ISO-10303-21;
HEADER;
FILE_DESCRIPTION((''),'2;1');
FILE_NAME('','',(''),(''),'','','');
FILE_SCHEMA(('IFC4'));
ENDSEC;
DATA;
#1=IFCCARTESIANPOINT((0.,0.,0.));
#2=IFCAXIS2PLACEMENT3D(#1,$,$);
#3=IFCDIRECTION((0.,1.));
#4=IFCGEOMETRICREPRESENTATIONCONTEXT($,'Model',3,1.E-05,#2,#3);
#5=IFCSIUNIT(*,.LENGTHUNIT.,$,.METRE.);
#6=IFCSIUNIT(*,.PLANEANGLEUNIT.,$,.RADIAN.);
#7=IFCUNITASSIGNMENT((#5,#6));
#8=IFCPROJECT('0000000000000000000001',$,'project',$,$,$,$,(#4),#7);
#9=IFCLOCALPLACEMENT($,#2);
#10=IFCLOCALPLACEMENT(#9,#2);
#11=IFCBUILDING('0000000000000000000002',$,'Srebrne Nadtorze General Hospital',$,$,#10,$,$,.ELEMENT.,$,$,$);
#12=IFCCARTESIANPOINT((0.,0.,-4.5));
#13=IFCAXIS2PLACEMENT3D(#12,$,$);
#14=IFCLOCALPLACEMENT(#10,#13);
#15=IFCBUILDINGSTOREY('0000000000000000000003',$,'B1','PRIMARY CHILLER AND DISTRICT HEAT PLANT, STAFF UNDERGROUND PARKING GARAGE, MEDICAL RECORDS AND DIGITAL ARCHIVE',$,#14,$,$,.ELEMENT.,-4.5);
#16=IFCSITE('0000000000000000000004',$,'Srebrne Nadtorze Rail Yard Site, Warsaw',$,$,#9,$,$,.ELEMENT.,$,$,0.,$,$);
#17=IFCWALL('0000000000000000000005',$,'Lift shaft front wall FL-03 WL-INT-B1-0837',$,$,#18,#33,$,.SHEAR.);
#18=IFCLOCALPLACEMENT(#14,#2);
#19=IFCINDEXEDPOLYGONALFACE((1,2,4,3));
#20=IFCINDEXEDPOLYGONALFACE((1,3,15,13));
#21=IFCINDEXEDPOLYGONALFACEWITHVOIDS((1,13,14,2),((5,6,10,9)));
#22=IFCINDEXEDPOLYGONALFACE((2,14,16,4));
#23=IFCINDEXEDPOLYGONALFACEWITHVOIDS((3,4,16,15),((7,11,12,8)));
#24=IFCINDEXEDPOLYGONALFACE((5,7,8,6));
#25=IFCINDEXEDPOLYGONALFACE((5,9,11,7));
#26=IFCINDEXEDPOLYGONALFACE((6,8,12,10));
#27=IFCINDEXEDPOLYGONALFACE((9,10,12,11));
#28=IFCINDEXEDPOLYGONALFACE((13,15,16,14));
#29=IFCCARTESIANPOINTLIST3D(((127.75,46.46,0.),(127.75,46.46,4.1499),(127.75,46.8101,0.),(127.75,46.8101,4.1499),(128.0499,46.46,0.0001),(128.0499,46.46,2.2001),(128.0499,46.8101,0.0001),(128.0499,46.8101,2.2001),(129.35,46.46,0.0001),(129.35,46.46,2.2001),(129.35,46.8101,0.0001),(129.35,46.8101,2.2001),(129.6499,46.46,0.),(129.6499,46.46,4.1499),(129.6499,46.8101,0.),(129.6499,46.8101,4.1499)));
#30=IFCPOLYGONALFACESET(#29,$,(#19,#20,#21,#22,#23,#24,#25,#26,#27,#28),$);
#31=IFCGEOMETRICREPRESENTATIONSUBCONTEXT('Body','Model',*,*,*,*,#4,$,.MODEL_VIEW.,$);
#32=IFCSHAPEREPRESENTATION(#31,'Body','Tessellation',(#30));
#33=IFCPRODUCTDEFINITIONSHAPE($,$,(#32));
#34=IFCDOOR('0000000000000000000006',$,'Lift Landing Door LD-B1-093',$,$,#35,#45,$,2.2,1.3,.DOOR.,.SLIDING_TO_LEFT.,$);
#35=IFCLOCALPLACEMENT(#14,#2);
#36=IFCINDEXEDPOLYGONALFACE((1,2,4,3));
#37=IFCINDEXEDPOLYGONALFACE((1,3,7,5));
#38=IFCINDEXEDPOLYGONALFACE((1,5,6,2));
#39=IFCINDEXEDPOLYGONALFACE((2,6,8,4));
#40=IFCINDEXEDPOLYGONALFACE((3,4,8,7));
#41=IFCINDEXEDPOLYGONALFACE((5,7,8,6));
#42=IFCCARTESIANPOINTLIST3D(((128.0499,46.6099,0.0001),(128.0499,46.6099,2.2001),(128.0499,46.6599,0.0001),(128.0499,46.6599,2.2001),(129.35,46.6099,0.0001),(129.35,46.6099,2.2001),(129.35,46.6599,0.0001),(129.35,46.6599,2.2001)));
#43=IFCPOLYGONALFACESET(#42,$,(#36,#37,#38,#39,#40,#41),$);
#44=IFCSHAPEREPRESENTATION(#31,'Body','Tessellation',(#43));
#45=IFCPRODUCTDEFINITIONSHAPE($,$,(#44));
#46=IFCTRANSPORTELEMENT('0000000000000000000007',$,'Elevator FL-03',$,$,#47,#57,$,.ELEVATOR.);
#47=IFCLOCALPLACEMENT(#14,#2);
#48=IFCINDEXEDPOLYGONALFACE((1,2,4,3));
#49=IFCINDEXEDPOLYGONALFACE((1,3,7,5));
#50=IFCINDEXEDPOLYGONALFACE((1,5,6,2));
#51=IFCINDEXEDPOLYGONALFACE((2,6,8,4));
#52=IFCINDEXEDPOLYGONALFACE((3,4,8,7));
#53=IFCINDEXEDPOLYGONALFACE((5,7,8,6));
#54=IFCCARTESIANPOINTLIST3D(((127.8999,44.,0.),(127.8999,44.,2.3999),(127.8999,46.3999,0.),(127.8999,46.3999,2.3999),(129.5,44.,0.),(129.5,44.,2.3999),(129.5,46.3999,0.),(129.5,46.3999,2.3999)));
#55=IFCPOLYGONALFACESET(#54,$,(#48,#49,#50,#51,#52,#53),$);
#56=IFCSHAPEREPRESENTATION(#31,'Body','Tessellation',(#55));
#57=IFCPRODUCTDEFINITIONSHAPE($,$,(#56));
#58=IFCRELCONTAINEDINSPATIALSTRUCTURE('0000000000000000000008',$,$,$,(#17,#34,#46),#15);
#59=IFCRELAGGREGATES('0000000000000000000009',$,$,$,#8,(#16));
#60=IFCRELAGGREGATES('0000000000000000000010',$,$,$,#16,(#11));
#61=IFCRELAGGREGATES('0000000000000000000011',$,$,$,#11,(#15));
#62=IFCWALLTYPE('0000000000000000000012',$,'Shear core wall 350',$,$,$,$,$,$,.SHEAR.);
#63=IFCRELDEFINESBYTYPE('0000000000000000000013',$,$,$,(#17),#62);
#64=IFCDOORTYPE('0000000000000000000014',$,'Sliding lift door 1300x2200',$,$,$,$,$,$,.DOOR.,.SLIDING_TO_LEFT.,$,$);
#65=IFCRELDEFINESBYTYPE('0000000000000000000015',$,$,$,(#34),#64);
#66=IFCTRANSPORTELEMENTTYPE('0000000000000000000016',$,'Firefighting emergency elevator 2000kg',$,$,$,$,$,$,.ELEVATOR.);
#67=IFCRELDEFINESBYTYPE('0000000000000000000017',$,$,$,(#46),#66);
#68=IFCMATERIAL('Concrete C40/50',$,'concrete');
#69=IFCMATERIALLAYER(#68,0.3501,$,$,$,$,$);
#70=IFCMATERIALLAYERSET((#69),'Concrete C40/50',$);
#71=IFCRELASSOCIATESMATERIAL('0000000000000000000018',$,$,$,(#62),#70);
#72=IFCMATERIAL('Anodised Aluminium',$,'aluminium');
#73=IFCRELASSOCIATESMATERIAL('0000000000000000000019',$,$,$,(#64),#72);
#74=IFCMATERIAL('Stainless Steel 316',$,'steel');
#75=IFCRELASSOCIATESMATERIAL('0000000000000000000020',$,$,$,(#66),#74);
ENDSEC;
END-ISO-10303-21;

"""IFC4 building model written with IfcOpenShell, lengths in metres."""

from ifc_helpers import new_model, si_unit, direction, frame, frame_2d, origin, origin_2d, place, context, subcontext, project, spatial, rectangle, extrude, material, layer, layer_set, type_object, element, fill, save


model = new_model("IFC4")

# Units and contexts
model_context = context("Model", 3, precision=1e-05, world=origin(), true_north=direction((0.0, 1.0)))
body_context = subcontext(model_context, "Body", "Model", "MODEL_VIEW")
ifc_project = project(units=[si_unit("LENGTHUNIT", "METRE"), si_unit("PLANEANGLEUNIT", "RADIAN")], contexts=[model_context])

# Site, building, storey
site_placement = place(None, origin())
site = spatial("IfcSite", under=ifc_project, at=site_placement, Name="Srebrne Nadtorze Rail Yard Site, Warsaw", CompositionType="ELEMENT", RefElevation=0.0)
building_placement = place(site_placement, origin())
building = spatial("IfcBuilding", under=site, at=building_placement, Name="Srebrne Nadtorze General Hospital", CompositionType="ELEMENT")
storey_placement = place(building_placement, frame((0.0, 0.0, -4.5)))
storey = spatial("IfcBuildingStorey", under=building, at=storey_placement, Name="B1", Description="PRIMARY CHILLER AND DISTRICT HEAT PLANT, STAFF UNDERGROUND PARKING GARAGE, MEDICAL RECORDS AND DIGITAL ARCHIVE", CompositionType="ELEMENT", Elevation=-4.5)

# Shared definitions
ifc_material_1 = material(Name="Concrete C40/50", Category="concrete")
ifc_layer_1 = layer(ifc_material_1, 0.3501)
ifc_layer_set_1 = layer_set([ifc_layer_1], Name="Concrete C40/50")
wall_type_1 = type_object("IfcWallType", Name="Shear core wall 350", PredefinedType="SHEAR", material=ifc_layer_set_1)

# Wall, opening, door
wall_1_placement = place(storey_placement, frame((127.75, 46.635, 0.0), z_axis=(0.0, 0.0, 1.0), x_axis=(1.0, 0.0, 0.0)))
wall_1 = element("IfcWall", 1, at=wall_1_placement, inside=storey, type_object=wall_type_1, Name="Lift shaft front wall FL-03 WL-INT-B1-0837", PredefinedType="SHEAR", context=body_context, shape_type="SweptSolid", body=[
    extrude(rectangle(XDim=1.8999, YDim=0.3501, at=frame_2d((0.95, 0.0))), origin(), (0.0, 0.0, 1.0), 4.1499),
])
opening_placement = place(wall_1_placement, frame((0.3, 0.0, 0.0)))
opening = element("IfcOpeningElement", 2, at=opening_placement, cuts=wall_1, PredefinedType="OPENING", context=body_context, shape_type="SweptSolid", body=[
    extrude(rectangle(XDim=1.3, YDim=2.2, at=frame_2d((0.6499, 1.1001))), frame((0.0, 0.187, 0.0), z_axis=(0.0, -1.0, 0.0), x_axis=(1.0, 0.0, 0.0)), (0.0, 0.0, 1.0), 0.374),
])
ifc_material_2 = material(Name="Anodised Aluminium", Category="aluminium")
door_type = type_object("IfcDoorType", Name="Sliding lift door 1300x2200", OperationType="SLIDING_TO_LEFT", PredefinedType="DOOR", material=ifc_material_2)
door_placement = place(opening_placement, origin())
door = element("IfcDoor", 3, at=door_placement, inside=storey, type_object=door_type, Name="Lift Landing Door LD-B1-093", OperationType="SLIDING_TO_LEFT", OverallHeight=2.2, OverallWidth=1.3, PredefinedType="DOOR", context=body_context, shape_type="SweptSolid", body=[
    extrude(rectangle(XDim=1.3, YDim=2.2, at=frame_2d((0.6499, 1.1001))), frame((0.0, 0.0249, 0.0), z_axis=(0.0, -1.0, 0.0), x_axis=(1.0, 0.0, 0.0)), (0.0, 0.0, 1.0), 0.05),
])
fill(opening, door)

# Transport element
ifc_material_3 = material(Name="Stainless Steel 316", Category="steel")
transport_element_type = type_object("IfcTransportElementType", Name="Firefighting emergency elevator 2000kg", PredefinedType="ELEVATOR", material=ifc_material_3)
transport_element_placement = place(storey_placement, frame((128.7, 45.2, 0.0), z_axis=(0.0, 0.0, 1.0), x_axis=(1.0, 0.0, 0.0)))
element("IfcTransportElement", 4, at=transport_element_placement, inside=storey, type_object=transport_element_type, Name="Elevator FL-03", PredefinedType="ELEVATOR", context=body_context, shape_type="SweptSolid", body=[
    extrude(rectangle(XDim=1.6001, YDim=2.3999, at=origin_2d()), origin(), (0.0, 0.0, 1.0), 2.3999),
])

save(model, "model.ifc")
